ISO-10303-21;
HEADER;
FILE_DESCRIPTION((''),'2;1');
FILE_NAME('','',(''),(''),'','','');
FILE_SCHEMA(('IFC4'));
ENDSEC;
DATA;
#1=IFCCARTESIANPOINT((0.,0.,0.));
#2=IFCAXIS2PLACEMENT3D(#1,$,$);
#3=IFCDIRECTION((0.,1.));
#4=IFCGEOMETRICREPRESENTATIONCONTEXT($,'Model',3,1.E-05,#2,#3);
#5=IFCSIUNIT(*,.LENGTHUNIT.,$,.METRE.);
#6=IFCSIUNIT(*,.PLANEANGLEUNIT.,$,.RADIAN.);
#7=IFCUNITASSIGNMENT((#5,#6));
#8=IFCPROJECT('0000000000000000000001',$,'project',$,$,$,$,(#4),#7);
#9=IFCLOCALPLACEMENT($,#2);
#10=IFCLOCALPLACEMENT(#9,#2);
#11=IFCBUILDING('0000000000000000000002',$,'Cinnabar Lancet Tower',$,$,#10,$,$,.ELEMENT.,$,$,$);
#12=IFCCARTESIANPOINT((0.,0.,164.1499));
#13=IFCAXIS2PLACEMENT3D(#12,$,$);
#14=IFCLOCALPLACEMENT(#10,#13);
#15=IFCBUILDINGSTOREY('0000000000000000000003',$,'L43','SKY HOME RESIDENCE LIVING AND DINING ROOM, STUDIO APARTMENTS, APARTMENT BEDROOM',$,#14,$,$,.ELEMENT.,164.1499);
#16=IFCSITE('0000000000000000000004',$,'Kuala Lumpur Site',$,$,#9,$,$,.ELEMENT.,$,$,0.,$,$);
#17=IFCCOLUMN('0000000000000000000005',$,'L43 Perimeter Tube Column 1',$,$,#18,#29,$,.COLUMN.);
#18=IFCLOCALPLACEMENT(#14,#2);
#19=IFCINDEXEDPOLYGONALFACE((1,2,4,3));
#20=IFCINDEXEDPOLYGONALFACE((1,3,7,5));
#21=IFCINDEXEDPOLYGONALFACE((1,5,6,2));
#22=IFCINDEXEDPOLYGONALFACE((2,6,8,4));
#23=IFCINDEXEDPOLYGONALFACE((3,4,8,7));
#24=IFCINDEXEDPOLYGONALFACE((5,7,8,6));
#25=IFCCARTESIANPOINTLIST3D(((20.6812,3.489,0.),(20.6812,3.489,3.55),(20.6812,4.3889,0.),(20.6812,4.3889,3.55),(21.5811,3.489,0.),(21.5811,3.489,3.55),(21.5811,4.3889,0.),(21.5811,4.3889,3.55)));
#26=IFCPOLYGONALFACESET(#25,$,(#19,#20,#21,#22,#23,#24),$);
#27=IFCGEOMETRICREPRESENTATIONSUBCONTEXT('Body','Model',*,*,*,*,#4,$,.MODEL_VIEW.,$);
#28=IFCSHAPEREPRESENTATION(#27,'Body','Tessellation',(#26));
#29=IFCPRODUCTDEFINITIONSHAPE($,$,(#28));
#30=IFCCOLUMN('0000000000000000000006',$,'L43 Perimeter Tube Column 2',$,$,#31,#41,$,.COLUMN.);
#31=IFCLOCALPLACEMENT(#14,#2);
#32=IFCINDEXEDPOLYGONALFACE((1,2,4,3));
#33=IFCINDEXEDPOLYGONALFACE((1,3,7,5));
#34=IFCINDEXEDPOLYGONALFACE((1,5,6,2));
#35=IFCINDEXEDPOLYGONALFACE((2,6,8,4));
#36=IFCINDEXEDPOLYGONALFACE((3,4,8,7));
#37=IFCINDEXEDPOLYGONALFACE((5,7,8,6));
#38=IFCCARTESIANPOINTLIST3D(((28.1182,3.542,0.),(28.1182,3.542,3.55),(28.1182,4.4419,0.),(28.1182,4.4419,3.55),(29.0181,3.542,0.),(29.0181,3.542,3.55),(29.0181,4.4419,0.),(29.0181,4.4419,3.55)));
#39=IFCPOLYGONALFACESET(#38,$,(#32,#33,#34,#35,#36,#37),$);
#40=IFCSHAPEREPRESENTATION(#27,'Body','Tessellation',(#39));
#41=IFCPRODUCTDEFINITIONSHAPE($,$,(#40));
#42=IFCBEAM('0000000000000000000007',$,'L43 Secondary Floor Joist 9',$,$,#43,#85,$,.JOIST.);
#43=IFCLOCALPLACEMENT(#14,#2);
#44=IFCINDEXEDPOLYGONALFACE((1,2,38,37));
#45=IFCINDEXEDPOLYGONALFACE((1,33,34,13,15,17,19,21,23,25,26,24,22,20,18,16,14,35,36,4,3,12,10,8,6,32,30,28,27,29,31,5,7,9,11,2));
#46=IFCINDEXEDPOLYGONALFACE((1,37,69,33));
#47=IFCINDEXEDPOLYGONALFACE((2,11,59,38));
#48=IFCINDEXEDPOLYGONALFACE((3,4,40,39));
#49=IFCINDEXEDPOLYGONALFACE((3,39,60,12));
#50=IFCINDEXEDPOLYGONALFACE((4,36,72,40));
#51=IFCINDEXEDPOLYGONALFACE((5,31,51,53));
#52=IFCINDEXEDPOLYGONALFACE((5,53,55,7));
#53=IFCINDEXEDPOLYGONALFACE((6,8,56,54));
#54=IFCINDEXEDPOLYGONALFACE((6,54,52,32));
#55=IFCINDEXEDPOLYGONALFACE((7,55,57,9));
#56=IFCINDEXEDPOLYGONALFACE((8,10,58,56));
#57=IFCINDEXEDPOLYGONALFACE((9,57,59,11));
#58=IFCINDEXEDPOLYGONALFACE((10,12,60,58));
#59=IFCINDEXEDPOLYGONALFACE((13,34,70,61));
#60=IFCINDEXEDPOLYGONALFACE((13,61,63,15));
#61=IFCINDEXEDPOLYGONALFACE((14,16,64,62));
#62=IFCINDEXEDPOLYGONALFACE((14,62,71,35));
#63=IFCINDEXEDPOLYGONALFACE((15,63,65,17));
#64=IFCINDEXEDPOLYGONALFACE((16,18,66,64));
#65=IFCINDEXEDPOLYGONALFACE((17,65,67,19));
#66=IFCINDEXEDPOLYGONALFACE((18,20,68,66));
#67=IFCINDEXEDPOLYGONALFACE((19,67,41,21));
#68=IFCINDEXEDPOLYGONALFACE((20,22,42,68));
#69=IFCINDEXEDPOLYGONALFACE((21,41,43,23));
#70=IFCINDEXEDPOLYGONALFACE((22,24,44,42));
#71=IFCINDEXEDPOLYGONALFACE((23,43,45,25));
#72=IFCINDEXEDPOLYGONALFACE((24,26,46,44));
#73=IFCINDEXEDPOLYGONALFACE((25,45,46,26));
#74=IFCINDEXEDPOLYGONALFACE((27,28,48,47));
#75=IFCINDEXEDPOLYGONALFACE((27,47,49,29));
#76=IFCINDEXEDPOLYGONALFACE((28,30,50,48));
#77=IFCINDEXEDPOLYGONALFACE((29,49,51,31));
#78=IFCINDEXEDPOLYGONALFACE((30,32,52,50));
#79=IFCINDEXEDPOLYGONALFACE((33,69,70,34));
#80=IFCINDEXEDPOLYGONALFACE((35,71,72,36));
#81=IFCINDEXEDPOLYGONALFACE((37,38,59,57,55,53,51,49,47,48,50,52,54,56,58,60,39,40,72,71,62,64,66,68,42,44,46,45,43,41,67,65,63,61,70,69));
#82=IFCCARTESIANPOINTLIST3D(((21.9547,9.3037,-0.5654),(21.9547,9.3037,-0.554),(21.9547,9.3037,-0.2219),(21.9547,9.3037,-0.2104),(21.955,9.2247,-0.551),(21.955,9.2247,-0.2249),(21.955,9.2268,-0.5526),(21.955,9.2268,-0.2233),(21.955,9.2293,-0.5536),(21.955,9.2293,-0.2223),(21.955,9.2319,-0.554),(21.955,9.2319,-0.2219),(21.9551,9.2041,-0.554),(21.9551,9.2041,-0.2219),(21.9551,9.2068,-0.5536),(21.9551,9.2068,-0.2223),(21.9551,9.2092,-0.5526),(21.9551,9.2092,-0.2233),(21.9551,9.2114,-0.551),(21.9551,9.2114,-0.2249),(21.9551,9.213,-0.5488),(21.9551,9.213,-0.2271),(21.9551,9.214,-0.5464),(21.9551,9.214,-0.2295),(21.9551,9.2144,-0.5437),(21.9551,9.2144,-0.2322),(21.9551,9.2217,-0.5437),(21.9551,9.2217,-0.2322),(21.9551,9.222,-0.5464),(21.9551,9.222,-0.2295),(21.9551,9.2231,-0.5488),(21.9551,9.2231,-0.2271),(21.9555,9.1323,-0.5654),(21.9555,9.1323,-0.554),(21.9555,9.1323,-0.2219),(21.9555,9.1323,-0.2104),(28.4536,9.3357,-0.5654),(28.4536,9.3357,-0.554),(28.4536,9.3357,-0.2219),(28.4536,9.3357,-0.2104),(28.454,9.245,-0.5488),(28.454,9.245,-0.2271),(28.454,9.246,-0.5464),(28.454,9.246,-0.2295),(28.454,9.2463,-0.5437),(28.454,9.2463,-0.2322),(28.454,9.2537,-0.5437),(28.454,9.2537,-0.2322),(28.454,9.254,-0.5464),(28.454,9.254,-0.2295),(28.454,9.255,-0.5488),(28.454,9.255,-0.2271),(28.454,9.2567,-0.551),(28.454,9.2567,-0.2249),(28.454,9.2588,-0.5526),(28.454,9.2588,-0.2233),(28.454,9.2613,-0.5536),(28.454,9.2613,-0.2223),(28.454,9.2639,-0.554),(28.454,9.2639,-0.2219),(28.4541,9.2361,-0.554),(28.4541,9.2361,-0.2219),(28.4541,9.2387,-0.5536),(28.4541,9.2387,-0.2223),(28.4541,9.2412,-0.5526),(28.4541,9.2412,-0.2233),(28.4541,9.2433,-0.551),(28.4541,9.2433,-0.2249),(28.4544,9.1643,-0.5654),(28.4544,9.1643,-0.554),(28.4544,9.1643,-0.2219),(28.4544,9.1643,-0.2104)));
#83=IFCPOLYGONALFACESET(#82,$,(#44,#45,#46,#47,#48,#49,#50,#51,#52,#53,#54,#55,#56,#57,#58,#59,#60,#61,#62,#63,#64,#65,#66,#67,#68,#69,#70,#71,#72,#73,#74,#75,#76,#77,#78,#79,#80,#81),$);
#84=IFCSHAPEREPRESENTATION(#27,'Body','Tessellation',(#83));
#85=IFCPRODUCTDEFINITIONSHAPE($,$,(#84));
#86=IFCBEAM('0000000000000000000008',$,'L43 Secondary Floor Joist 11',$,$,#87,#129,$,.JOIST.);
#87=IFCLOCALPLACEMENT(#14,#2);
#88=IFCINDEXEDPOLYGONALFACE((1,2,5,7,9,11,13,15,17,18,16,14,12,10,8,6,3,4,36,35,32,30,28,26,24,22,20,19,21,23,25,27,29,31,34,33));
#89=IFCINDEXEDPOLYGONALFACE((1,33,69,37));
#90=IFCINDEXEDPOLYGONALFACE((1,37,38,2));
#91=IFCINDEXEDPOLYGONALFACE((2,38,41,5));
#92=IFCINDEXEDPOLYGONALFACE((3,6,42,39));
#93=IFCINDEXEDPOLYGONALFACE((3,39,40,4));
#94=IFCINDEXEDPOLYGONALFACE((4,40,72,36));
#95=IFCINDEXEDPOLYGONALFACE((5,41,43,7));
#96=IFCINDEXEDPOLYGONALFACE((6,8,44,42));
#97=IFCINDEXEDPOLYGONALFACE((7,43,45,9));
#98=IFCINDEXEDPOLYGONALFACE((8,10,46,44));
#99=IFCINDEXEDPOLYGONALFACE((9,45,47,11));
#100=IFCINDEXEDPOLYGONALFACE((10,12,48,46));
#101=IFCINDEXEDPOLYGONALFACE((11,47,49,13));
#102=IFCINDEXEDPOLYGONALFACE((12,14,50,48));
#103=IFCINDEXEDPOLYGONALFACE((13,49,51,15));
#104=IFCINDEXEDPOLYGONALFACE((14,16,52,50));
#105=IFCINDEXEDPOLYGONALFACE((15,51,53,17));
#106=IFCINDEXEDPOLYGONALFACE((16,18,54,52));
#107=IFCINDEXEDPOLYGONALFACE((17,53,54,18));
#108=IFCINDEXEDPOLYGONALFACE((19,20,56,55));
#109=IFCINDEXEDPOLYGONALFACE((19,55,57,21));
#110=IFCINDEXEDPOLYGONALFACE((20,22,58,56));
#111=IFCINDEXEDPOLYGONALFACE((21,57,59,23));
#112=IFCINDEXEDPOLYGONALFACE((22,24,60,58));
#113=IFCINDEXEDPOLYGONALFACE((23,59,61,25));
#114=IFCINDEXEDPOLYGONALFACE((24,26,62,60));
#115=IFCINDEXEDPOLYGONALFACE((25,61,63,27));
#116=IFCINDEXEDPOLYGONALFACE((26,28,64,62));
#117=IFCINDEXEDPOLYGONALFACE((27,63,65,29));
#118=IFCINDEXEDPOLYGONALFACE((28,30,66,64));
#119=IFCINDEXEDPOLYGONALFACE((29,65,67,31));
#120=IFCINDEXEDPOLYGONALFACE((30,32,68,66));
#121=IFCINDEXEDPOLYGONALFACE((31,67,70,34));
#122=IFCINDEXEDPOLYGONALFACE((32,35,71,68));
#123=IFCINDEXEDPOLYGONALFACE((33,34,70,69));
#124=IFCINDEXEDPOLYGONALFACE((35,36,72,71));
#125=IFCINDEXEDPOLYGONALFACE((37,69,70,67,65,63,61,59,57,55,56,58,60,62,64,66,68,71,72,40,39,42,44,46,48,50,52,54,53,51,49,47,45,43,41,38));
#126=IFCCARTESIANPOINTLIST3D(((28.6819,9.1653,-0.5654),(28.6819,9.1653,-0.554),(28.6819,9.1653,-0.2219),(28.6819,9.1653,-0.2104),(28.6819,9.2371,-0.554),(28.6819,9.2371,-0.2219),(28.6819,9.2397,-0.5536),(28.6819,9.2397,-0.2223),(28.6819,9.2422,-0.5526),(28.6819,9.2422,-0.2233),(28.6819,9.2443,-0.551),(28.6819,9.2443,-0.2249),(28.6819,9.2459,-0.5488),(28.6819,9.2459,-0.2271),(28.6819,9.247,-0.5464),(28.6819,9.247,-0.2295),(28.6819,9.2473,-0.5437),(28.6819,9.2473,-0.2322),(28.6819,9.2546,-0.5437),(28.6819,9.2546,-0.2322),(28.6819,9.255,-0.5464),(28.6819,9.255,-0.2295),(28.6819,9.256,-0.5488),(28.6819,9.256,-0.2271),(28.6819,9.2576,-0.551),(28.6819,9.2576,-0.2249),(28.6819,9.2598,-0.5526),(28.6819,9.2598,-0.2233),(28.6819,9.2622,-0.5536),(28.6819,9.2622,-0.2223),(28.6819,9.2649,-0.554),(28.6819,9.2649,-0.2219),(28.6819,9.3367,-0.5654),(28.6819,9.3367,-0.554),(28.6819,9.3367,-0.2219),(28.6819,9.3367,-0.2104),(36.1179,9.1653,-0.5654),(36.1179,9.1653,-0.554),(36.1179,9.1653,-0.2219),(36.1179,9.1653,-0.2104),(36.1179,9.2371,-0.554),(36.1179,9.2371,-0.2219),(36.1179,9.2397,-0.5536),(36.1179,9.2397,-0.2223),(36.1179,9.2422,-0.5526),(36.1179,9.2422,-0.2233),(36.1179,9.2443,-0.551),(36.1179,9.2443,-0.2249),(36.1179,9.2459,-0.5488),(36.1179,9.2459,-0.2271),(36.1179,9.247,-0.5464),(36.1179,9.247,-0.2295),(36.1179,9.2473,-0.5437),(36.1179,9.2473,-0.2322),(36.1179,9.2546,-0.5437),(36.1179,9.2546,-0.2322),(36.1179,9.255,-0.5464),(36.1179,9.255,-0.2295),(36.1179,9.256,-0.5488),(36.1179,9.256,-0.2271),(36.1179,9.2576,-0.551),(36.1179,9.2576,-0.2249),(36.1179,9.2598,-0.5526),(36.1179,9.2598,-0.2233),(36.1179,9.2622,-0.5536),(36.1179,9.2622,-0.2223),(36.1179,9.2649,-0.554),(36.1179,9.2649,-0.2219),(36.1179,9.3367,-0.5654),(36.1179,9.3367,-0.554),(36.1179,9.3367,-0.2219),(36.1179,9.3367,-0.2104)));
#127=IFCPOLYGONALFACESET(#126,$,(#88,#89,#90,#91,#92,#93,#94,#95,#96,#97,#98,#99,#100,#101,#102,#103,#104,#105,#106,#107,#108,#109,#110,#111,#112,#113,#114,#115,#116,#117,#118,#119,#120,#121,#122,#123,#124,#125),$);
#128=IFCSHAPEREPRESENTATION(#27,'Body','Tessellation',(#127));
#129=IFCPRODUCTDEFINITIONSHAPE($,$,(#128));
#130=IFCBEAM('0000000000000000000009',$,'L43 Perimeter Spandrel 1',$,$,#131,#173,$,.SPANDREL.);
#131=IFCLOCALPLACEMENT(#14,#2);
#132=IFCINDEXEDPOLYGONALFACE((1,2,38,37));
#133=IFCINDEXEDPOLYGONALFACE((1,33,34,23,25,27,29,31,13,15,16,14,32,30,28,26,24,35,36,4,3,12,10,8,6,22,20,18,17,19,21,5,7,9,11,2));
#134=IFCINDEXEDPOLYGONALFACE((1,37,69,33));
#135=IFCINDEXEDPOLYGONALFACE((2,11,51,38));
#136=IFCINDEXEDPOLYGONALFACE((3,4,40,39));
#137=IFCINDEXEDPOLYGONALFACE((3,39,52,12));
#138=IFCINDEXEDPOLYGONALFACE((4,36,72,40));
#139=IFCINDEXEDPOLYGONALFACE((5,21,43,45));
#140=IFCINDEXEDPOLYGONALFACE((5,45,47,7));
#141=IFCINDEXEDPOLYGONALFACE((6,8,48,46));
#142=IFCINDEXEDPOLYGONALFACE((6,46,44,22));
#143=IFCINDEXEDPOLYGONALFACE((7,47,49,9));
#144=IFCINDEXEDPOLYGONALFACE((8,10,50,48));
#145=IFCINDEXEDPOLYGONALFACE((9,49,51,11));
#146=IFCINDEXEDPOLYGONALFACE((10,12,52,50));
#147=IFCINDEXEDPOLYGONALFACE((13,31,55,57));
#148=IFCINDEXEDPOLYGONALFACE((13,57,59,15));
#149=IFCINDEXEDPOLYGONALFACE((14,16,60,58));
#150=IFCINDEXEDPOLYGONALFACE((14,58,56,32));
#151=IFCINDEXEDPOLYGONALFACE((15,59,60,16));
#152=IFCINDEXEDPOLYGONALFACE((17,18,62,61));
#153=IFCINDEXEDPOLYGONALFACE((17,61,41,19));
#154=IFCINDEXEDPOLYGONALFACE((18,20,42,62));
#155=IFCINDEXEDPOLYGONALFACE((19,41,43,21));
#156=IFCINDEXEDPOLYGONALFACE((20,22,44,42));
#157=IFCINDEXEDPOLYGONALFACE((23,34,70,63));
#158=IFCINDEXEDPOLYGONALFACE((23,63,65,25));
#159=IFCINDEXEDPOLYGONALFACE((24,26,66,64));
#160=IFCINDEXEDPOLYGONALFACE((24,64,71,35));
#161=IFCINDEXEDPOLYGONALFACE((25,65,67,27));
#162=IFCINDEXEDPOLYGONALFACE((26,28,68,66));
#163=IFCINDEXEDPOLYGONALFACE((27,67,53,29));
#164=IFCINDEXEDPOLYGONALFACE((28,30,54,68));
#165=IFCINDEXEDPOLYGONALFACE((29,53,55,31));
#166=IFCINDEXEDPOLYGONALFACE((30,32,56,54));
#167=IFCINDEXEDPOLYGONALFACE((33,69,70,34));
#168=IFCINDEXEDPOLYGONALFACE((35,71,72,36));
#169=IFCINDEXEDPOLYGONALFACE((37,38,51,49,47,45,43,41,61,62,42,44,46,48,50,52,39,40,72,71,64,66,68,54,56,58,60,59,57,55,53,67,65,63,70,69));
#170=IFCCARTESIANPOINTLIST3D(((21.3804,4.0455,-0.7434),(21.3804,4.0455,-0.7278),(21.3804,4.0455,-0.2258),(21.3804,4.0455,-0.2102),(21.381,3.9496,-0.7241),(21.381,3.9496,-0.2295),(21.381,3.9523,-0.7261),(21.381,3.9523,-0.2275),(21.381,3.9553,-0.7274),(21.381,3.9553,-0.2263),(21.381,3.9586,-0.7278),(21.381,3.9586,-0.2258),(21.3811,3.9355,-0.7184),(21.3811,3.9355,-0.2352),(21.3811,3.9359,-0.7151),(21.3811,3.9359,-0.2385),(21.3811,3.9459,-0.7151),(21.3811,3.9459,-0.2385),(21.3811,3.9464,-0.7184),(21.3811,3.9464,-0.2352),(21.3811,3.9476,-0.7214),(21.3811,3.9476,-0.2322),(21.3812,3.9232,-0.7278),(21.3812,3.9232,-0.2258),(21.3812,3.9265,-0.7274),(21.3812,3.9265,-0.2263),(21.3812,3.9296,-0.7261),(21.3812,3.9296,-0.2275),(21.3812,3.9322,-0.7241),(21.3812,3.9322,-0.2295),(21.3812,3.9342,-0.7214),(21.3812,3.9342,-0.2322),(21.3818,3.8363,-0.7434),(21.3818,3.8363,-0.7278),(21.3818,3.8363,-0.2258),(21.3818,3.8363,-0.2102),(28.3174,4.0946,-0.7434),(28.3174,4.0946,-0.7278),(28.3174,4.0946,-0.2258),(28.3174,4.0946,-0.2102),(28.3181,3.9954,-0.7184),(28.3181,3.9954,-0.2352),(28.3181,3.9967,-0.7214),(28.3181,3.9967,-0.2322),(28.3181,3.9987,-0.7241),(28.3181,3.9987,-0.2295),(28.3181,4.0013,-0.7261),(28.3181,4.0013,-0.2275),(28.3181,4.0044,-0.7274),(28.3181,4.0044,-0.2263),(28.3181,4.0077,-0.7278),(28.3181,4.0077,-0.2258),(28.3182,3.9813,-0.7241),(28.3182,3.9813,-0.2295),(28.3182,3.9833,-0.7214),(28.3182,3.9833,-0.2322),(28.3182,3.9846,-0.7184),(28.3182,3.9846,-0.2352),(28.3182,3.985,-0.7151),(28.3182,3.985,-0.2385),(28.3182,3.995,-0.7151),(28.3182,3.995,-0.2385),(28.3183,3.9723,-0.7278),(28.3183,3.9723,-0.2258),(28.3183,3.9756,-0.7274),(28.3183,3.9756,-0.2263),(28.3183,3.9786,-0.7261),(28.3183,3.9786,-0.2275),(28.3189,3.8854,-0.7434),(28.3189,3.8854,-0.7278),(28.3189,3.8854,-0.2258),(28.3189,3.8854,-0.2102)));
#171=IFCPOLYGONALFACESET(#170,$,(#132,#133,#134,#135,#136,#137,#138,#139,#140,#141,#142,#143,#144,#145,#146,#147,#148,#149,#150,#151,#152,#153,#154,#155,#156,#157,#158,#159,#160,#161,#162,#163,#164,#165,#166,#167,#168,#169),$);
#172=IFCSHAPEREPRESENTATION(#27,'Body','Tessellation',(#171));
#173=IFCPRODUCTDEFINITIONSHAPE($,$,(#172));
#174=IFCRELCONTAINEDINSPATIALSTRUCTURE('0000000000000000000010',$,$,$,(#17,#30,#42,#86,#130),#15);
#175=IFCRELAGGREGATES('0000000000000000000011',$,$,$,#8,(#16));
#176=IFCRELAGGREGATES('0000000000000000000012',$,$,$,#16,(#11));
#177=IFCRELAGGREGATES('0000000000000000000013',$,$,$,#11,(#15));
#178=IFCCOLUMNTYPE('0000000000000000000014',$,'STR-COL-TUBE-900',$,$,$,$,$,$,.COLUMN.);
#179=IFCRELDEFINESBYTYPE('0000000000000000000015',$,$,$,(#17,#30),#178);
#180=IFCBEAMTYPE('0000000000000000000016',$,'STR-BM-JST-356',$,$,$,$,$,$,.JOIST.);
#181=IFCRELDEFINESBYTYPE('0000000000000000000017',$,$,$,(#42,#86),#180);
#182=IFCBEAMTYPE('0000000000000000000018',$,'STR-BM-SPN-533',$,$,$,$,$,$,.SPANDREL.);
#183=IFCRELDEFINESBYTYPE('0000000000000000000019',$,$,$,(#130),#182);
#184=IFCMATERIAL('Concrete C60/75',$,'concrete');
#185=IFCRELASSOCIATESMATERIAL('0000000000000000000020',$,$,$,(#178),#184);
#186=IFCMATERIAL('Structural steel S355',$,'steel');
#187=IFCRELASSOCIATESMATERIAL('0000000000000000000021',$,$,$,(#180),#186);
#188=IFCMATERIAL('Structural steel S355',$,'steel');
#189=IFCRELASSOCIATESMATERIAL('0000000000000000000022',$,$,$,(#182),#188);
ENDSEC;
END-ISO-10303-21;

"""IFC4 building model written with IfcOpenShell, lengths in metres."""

from ifc_helpers import new_model, si_unit, direction, frame, origin, origin_2d, place, context, subcontext, project, spatial, rectangle, i_section, extrude, material, material_profile, profile_set, type_object, element, save


model = new_model("IFC4")

# Units and contexts
model_context = context("Model", 3, precision=1e-05, world=origin(), true_north=direction((0.0, 1.0)))
body_context = subcontext(model_context, "Body", "Model", "MODEL_VIEW")
ifc_project = project(units=[si_unit("LENGTHUNIT", "METRE"), si_unit("PLANEANGLEUNIT", "RADIAN")], contexts=[model_context])

# Site, building, storey
site_placement = place(None, origin())
site = spatial("IfcSite", under=ifc_project, at=site_placement, Name="Kuala Lumpur Site", CompositionType="ELEMENT", RefElevation=0.0)
building_placement = place(site_placement, origin())
building = spatial("IfcBuilding", under=site, at=building_placement, Name="Cinnabar Lancet Tower", CompositionType="ELEMENT")
storey_placement = place(building_placement, frame((0.0, 0.0, 164.1499)))
storey = spatial("IfcBuildingStorey", under=building, at=storey_placement, Name="L43", Description="SKY HOME RESIDENCE LIVING AND DINING ROOM, STUDIO APARTMENTS, APARTMENT BEDROOM", CompositionType="ELEMENT", Elevation=164.1499)

# Columns
ifc_material_1 = material(Name="Concrete C60/75", Category="concrete")
ifc_material_profile_1 = material_profile(ifc_material_1, rectangle(XDim=0.8999, YDim=0.8999, at=origin_2d()), Name="RC-COL 900x900")
ifc_profile_set_1 = profile_set([ifc_material_profile_1], Name="Concrete C60/75")
column_type = type_object("IfcColumnType", Name="STR-COL-TUBE-900", PredefinedType="COLUMN", material=ifc_profile_set_1)
for number, where, z_axis, x_axis, name in (
    (1, (21.1311, 3.939, 0.0), (0.0, 0.0, 1.0), (1.0, 0.0, 0.0), "L43 Perimeter Tube Column 1"),
    (2, (28.5681, 3.9919, 0.0), (0.0, 0.0, 1.0), (1.0, 0.0, 0.0), "L43 Perimeter Tube Column 2"),
):
    element("IfcColumn", number, at=place(storey_placement, frame(where, z_axis=z_axis, x_axis=x_axis)), inside=storey, type_object=column_type, Name=name, PredefinedType="COLUMN", context=body_context, shape_type="SweptSolid", body=[
        extrude(rectangle(XDim=0.8999, YDim=0.8999, at=origin_2d()), origin(), (0.0, 0.0, 1.0), 3.55),
    ])

# Beams
ifc_material_2 = material(Name="Structural steel S355", Category="steel")
ifc_material_profile_2 = material_profile(ifc_material_2, i_section(OverallWidth=0.1714, OverallDepth=0.355, WebThickness=0.0073, FlangeThickness=0.0115, FilletRadius=0.0103, at=origin_2d()), Name="UKB 356x171x51")
ifc_profile_set_2 = profile_set([ifc_material_profile_2], Name="Structural steel S355")
beam_type_1 = type_object("IfcBeamType", Name="STR-BM-JST-356", PredefinedType="JOIST", material=ifc_profile_set_2)
beam_1_placement = place(storey_placement, frame((21.9551, 9.218, -0.3879), z_axis=(0.999988, 0.004921, 0.0), x_axis=(-0.004921, 0.999988, 0.0)))
element("IfcBeam", 3, at=beam_1_placement, inside=storey, type_object=beam_type_1, Name="L43 Secondary Floor Joist 9", PredefinedType="JOIST", context=body_context, shape_type="SweptSolid", body=[
    extrude(i_section(OverallWidth=0.1714, OverallDepth=0.355, WebThickness=0.0073, FlangeThickness=0.0115, FilletRadius=0.0103, at=origin_2d()), origin(), (0.0, 0.0, 1.0), 6.499),
])
beam_2_placement = place(storey_placement, frame((28.6819, 9.251, -0.3879), z_axis=(1.0, 0.0, 0.0), x_axis=(0.0, 1.0, 0.0)))
element("IfcBeam", 4, at=beam_2_placement, inside=storey, type_object=beam_type_1, Name="L43 Secondary Floor Joist 11", PredefinedType="JOIST", context=body_context, shape_type="SweptSolid", body=[
    extrude(i_section(OverallWidth=0.1714, OverallDepth=0.355, WebThickness=0.0073, FlangeThickness=0.0115, FilletRadius=0.0103, at=origin_2d()), origin(), (0.0, 0.0, 1.0), 7.436),
])
ifc_material_3 = material(Name="Structural steel S355", Category="steel")
ifc_material_profile_3 = material_profile(ifc_material_3, i_section(OverallWidth=0.2092, OverallDepth=0.5332, WebThickness=0.01, FlangeThickness=0.0156, FilletRadius=0.0127, at=origin_2d()), Name="UKB 533x210x92")
ifc_profile_set_3 = profile_set([ifc_material_profile_3], Name="Structural steel S355")
beam_type_2 = type_object("IfcBeamType", Name="STR-BM-SPN-533", PredefinedType="SPANDREL", material=ifc_profile_set_3)
beam_3_placement = place(storey_placement, frame((21.3811, 3.9409, -0.4768), z_axis=(0.999975, 0.007074, 0.0), x_axis=(-0.007074, 0.999975, 0.0)))
element("IfcBeam", 5, at=beam_3_placement, inside=storey, type_object=beam_type_2, Name="L43 Perimeter Spandrel 1", PredefinedType="SPANDREL", context=body_context, shape_type="SweptSolid", body=[
    extrude(i_section(OverallWidth=0.2092, OverallDepth=0.5332, WebThickness=0.01, FlangeThickness=0.0156, FilletRadius=0.0127, at=origin_2d()), origin(), (0.0, 0.0, 1.0), 6.9373),
])

save(model, "model.ifc")
